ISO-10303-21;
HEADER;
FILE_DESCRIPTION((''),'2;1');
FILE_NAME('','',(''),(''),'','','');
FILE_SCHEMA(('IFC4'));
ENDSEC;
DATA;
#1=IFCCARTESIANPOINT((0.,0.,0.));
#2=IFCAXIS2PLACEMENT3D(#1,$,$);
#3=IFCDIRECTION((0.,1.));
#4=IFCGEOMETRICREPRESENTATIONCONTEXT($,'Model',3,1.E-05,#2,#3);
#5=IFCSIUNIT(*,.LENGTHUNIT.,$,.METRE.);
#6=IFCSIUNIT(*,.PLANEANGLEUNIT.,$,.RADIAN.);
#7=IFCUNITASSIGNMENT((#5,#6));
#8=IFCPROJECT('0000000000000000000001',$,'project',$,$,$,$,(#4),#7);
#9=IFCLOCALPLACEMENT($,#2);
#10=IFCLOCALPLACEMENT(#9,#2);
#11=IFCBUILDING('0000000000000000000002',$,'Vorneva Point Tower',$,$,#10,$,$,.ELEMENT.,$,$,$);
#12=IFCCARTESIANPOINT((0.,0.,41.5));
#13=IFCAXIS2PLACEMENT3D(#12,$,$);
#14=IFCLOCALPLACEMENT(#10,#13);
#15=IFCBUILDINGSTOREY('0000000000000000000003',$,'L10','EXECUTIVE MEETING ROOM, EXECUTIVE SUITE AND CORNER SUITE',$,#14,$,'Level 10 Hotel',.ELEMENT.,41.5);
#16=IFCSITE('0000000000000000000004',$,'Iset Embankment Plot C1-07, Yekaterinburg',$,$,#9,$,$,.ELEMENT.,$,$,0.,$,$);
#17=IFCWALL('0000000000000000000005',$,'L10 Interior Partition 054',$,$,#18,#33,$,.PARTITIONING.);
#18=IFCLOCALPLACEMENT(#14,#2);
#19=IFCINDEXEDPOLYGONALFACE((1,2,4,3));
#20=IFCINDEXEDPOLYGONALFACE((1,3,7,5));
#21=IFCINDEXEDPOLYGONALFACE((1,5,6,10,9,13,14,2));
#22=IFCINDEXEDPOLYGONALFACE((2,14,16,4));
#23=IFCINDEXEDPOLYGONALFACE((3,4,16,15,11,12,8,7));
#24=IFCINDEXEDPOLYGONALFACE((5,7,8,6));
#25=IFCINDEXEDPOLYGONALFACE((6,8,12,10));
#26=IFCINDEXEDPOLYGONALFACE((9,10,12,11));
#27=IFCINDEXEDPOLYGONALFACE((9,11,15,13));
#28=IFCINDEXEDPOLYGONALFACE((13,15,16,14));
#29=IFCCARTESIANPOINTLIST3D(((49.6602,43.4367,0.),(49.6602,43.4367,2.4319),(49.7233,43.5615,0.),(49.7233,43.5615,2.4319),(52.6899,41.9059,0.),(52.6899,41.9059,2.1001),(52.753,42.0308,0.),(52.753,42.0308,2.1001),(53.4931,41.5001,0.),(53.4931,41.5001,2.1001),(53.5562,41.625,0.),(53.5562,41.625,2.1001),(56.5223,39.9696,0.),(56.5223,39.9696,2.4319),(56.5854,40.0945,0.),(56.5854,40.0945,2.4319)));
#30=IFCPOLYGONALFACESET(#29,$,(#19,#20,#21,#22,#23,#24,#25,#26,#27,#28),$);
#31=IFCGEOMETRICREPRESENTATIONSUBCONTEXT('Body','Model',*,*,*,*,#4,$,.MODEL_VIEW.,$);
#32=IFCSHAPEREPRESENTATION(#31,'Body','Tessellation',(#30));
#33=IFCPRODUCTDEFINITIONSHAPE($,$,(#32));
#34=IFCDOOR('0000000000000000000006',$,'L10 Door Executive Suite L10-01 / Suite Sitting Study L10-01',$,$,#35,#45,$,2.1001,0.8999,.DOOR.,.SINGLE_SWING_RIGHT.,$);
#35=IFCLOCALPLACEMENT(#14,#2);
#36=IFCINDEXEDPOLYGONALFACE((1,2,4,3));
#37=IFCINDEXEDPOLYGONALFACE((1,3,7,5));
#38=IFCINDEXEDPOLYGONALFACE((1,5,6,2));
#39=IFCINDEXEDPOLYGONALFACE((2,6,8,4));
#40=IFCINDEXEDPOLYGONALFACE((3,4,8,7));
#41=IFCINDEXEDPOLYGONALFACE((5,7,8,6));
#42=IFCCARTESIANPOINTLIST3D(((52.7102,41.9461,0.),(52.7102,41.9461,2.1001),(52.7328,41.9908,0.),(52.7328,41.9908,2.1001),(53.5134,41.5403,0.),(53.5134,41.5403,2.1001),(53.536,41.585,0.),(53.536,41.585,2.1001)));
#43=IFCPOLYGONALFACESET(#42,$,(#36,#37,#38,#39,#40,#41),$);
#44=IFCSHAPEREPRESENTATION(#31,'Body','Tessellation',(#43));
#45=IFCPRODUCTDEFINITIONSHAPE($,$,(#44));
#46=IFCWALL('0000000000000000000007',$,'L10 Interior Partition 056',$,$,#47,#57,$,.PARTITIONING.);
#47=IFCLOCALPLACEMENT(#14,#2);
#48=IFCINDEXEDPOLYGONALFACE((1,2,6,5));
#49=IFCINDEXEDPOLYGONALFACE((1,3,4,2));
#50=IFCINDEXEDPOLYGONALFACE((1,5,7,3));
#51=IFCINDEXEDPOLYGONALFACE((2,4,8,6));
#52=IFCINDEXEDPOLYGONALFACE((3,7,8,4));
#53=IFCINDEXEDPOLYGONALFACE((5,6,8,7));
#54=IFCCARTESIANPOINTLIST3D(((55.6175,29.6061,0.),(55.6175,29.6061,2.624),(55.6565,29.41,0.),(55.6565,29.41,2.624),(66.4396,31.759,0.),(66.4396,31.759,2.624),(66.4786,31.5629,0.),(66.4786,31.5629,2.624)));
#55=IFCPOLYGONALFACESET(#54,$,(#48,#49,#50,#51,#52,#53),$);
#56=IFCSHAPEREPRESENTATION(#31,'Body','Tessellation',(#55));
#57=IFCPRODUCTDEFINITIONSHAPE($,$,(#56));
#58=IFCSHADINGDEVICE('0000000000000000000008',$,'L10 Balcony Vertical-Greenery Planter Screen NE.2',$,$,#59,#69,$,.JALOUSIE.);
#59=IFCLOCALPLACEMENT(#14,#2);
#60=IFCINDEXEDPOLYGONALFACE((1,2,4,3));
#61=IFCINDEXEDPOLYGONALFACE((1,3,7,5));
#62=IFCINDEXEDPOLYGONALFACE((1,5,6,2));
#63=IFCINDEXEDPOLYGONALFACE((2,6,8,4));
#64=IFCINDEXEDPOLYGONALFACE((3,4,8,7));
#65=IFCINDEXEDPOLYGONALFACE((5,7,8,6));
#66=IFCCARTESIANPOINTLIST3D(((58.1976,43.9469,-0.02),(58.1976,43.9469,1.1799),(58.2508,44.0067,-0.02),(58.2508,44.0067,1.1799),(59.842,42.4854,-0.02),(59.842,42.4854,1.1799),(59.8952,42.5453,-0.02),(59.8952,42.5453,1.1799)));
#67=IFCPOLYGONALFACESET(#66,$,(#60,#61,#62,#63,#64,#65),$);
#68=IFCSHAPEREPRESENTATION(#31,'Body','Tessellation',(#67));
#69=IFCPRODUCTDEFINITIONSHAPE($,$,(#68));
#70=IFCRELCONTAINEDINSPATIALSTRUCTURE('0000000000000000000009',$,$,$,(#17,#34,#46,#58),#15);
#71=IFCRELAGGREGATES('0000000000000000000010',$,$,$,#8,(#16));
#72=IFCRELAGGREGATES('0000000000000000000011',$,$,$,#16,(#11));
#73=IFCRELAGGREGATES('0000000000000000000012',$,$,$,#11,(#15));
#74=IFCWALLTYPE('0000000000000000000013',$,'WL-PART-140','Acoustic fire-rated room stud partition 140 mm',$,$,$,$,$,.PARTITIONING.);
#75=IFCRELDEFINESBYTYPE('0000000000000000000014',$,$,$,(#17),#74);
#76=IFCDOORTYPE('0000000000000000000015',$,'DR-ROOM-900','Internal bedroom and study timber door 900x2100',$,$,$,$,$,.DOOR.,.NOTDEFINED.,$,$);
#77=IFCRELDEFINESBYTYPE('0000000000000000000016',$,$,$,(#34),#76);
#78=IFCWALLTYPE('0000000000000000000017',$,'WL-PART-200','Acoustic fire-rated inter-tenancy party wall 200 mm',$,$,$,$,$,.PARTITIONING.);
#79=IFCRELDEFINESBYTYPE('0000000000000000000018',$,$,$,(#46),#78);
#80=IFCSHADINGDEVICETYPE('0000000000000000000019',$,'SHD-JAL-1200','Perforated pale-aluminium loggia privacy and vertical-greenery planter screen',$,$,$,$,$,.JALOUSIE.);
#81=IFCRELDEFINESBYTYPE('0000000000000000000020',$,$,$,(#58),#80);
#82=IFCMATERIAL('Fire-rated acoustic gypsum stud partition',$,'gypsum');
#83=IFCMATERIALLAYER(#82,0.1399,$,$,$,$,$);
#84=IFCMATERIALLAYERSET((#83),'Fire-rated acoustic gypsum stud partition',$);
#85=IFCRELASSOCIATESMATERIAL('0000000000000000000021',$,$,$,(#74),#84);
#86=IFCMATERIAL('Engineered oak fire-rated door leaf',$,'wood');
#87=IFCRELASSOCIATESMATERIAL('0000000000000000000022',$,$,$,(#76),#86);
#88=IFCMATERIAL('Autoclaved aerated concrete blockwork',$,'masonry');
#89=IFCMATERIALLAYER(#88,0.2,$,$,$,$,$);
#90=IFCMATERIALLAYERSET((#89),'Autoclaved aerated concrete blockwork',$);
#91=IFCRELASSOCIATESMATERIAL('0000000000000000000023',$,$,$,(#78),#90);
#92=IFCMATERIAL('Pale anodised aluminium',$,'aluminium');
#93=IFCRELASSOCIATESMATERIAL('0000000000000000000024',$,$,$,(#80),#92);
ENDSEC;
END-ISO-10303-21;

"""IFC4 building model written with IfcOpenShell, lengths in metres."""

from ifc_helpers import new_model, si_unit, direction, frame, frame_2d, origin, origin_2d, place, context, subcontext, project, spatial, rectangle, extrude, material, layer, layer_set, type_object, element, fill, save


model = new_model("IFC4")

# Units and contexts
model_context = context("Model", 3, precision=1e-05, world=origin(), true_north=direction((0.0, 1.0)))
body_context = subcontext(model_context, "Body", "Model", "MODEL_VIEW")
ifc_project = project(units=[si_unit("LENGTHUNIT", "METRE"), si_unit("PLANEANGLEUNIT", "RADIAN")], contexts=[model_context])

# Site, building, storey
site_placement = place(None, origin())
site = spatial("IfcSite", under=ifc_project, at=site_placement, Name="Iset Embankment Plot C1-07, Yekaterinburg", CompositionType="ELEMENT", RefElevation=0.0)
building_placement = place(site_placement, origin())
building = spatial("IfcBuilding", under=site, at=building_placement, Name="Vorneva Point Tower", CompositionType="ELEMENT")
storey_placement = place(building_placement, frame((0.0, 0.0, 41.5)))
storey = spatial("IfcBuildingStorey", under=building, at=storey_placement, Name="L10", Description="EXECUTIVE MEETING ROOM, EXECUTIVE SUITE AND CORNER SUITE", LongName="Level 10 Hotel", CompositionType="ELEMENT", Elevation=41.5)

# Shared definitions
ifc_material_1 = material(Name="Pale anodised aluminium", Category="aluminium")

# Shared definitions
ifc_material_2 = material(Name="Fire-rated acoustic gypsum stud partition", Category="gypsum")
ifc_layer_1 = layer(ifc_material_2, 0.1399)
ifc_layer_set_1 = layer_set([ifc_layer_1], Name="Fire-rated acoustic gypsum stud partition")
wall_type_1 = type_object("IfcWallType", Name="WL-PART-140", Description="Acoustic fire-rated room stud partition 140 mm", PredefinedType="PARTITIONING", material=ifc_layer_set_1)

# Wall, opening, door
wall_1_placement = place(storey_placement, frame((56.554, 40.032, 0.0), z_axis=(0.0, 0.0, 1.0), x_axis=(-0.892546, 0.450957, 0.0)))
wall_1 = element("IfcWall", 1, at=wall_1_placement, inside=storey, type_object=wall_type_1, Name="L10 Interior Partition 054", PredefinedType="PARTITIONING", context=body_context, shape_type="SweptSolid", body=[
    extrude(rectangle(XDim=7.6882, YDim=0.1399, at=frame_2d((3.8442, 0.0))), origin(), (0.0, 0.0, 1.0), 2.4319),
])
opening_1_placement = place(wall_1_placement, frame((3.394, 0.0, 0.0)))
opening_1 = element("IfcOpeningElement", 2, at=opening_1_placement, cuts=wall_1, PredefinedType="OPENING", context=body_context, shape_type="SweptSolid", body=[
    extrude(rectangle(XDim=0.8999, YDim=2.1001, at=frame_2d((0.45, 1.05))), frame((0.0, 0.085, 0.0), z_axis=(0.0, -1.0, 0.0), x_axis=(1.0, 0.0, 0.0)), (0.0, 0.0, 1.0), 0.1697),
])
ifc_material_3 = material(Name="Engineered oak fire-rated door leaf", Category="wood")
door_type_1 = type_object("IfcDoorType", Name="DR-ROOM-900", Description="Internal bedroom and study timber door 900x2100", OperationType="NOTDEFINED", PredefinedType="DOOR", material=ifc_material_3)
door_1_placement = place(opening_1_placement, origin())
door_1 = element("IfcDoor", 3, at=door_1_placement, inside=storey, type_object=door_type_1, Name="L10 Door Executive Suite L10-01 / Suite Sitting Study L10-01", OperationType="SINGLE_SWING_RIGHT", OverallHeight=2.1001, OverallWidth=0.8999, PredefinedType="DOOR", context=body_context, shape_type="SweptSolid", body=[
    extrude(rectangle(XDim=0.8999, YDim=2.1001, at=frame_2d((0.45, 1.05))), frame((0.0, 0.0249, 0.0), z_axis=(0.0, -1.0, 0.0), x_axis=(1.0, 0.0, 0.0)), (0.0, 0.0, 1.0), 0.05),
])
fill(opening_1, door_1)

# Wall
ifc_material_4 = material(Name="Autoclaved aerated concrete blockwork", Category="masonry")
ifc_layer_2 = layer(ifc_material_4, 0.2)
ifc_layer_set_2 = layer_set([ifc_layer_2], Name="Autoclaved aerated concrete blockwork")
wall_type_2 = type_object("IfcWallType", Name="WL-PART-200", Description="Acoustic fire-rated inter-tenancy party wall 200 mm", PredefinedType="PARTITIONING", material=ifc_layer_set_2)
wall_2_placement = place(storey_placement, frame((55.637, 29.5081, 0.0), z_axis=(0.0, 0.0, 1.0), x_axis=(0.980782, 0.195108, 0.0)))
element("IfcWall", 4, at=wall_2_placement, inside=storey, type_object=wall_type_2, Name="L10 Interior Partition 056", PredefinedType="PARTITIONING", context=body_context, shape_type="SweptSolid", body=[
    extrude(rectangle(XDim=11.0342, YDim=0.2, at=frame_2d((5.5171, 0.0))), origin(), (0.0, 0.0, 1.0), 2.624),
])

# Shading device
shading_device_type = type_object("IfcShadingDeviceType", Name="SHD-JAL-1200", Description="Perforated pale-aluminium loggia privacy and vertical-greenery planter screen", PredefinedType="JALOUSIE", material=ifc_material_1)
shading_device_placement = place(storey_placement, frame((59.0464, 43.2461, -0.02), z_axis=(0.0, 0.0, 1.0), x_axis=(-0.747462, 0.664305, 0.0)))
element("IfcShadingDevice", 5, at=shading_device_placement, inside=storey, type_object=shading_device_type, Name="L10 Balcony Vertical-Greenery Planter Screen NE.2", PredefinedType="JALOUSIE", context=body_context, shape_type="SweptSolid", body=[
    extrude(rectangle(XDim=2.2, YDim=0.0801, at=origin_2d()), origin(), (0.0, 0.0, 1.0), 1.2),
])

save(model, "model.ifc")
